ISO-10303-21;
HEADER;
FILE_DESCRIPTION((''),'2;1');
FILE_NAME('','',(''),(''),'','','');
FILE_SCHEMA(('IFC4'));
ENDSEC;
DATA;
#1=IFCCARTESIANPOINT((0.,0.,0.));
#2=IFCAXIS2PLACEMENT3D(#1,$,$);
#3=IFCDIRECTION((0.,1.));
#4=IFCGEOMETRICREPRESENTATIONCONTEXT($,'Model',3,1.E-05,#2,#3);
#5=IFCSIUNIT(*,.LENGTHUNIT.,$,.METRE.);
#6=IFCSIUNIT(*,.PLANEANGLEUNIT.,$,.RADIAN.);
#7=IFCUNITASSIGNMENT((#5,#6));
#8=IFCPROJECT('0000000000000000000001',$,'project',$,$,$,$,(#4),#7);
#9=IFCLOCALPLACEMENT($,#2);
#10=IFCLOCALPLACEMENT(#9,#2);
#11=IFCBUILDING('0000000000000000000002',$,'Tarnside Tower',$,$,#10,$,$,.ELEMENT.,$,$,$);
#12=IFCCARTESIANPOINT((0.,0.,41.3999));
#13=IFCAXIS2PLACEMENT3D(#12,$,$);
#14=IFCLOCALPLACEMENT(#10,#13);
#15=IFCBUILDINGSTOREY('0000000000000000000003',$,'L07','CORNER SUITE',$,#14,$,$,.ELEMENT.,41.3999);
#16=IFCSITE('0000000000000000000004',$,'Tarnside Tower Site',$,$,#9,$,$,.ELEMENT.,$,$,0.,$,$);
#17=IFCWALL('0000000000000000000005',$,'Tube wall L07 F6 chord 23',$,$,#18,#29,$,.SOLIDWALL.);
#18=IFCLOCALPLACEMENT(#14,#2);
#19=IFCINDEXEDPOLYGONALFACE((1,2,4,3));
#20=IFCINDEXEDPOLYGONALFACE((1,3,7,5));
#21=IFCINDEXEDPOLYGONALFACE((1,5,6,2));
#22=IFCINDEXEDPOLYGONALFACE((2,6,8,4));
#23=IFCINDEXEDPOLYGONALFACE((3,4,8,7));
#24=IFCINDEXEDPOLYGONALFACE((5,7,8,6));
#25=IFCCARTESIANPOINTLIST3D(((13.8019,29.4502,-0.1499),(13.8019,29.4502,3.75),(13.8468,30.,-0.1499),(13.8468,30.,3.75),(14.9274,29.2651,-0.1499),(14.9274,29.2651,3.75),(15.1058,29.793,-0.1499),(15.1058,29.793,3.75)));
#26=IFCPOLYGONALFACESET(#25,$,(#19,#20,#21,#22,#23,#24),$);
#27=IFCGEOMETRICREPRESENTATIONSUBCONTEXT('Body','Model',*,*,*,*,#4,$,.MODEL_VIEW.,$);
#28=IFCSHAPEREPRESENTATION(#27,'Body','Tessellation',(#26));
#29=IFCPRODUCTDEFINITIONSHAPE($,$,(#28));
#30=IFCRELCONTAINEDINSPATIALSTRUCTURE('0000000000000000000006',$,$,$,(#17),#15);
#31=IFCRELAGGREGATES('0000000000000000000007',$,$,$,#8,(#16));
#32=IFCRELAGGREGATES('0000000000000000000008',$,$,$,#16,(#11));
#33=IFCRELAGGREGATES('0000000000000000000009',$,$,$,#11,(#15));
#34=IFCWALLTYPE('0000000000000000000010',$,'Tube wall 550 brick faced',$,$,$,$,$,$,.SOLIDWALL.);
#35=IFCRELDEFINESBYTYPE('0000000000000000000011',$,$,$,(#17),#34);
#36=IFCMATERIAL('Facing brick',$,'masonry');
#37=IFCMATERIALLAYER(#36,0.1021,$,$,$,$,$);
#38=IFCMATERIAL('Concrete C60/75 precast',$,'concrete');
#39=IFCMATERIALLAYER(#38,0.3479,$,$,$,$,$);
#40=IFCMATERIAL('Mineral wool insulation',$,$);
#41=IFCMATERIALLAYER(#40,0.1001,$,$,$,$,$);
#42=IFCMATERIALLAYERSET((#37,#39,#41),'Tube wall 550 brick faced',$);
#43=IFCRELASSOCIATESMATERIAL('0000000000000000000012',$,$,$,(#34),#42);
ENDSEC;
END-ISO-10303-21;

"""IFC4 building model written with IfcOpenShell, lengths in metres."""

from ifc_helpers import new_model, si_unit, direction, frame, origin, place, context, subcontext, project, spatial, polyline, outline, extrude, material, layer, layer_set, type_object, element, save


model = new_model("IFC4")

# Units and contexts
model_context = context("Model", 3, precision=1e-05, world=origin(), true_north=direction((0.0, 1.0)))
body_context = subcontext(model_context, "Body", "Model", "MODEL_VIEW")
ifc_project = project(units=[si_unit("LENGTHUNIT", "METRE"), si_unit("PLANEANGLEUNIT", "RADIAN")], contexts=[model_context])

# Site, building, storey
site_placement = place(None, origin())
site = spatial("IfcSite", under=ifc_project, at=site_placement, Name="Tarnside Tower Site", CompositionType="ELEMENT", RefElevation=0.0)
building_placement = place(site_placement, origin())
building = spatial("IfcBuilding", under=site, at=building_placement, Name="Tarnside Tower", CompositionType="ELEMENT")
storey_placement = place(building_placement, frame((0.0, 0.0, 41.3999)))
storey = spatial("IfcBuildingStorey", under=building, at=storey_placement, Name="L07", Description="CORNER SUITE", CompositionType="ELEMENT", Elevation=41.3999)

# Shared definitions
ifc_material_1 = material(Name="Facing brick", Category="masonry")
ifc_layer_1 = layer(ifc_material_1, 0.1021)
ifc_material_2 = material(Name="Concrete C60/75 precast", Category="concrete")
ifc_layer_2 = layer(ifc_material_2, 0.3479)
ifc_material_3 = material(Name="Mineral wool insulation")
ifc_layer_3 = layer(ifc_material_3, 0.1001)
ifc_layer_set_1 = layer_set([ifc_layer_1, ifc_layer_2, ifc_layer_3], Name="Tube wall 550 brick faced")
wall_type_1 = type_object("IfcWallType", Name="Tube wall 550 brick faced", PredefinedType="SOLIDWALL", material=ifc_layer_set_1)

# Wall
wall_1_placement = place(storey_placement, frame((15.0166, 29.5291, -0.1499), z_axis=(0.0, 0.0, 1.0), x_axis=(-0.986747, 0.162269, 0.0)))
element("IfcWall", 1, at=wall_1_placement, inside=storey, type_object=wall_type_1, Name="Tube wall L07 F6 chord 23", PredefinedType="SOLIDWALL", context=body_context, shape_type="SweptSolid", body=[
    extrude(outline(polyline([(-0.0452, -0.2749), (1.2307, -0.2749), (1.1858, 0.2749), (0.0452, 0.2749), (-0.0452, -0.2749)])), origin(), (0.0, 0.0, 1.0), 3.8999),
])

save(model, "model.ifc")
